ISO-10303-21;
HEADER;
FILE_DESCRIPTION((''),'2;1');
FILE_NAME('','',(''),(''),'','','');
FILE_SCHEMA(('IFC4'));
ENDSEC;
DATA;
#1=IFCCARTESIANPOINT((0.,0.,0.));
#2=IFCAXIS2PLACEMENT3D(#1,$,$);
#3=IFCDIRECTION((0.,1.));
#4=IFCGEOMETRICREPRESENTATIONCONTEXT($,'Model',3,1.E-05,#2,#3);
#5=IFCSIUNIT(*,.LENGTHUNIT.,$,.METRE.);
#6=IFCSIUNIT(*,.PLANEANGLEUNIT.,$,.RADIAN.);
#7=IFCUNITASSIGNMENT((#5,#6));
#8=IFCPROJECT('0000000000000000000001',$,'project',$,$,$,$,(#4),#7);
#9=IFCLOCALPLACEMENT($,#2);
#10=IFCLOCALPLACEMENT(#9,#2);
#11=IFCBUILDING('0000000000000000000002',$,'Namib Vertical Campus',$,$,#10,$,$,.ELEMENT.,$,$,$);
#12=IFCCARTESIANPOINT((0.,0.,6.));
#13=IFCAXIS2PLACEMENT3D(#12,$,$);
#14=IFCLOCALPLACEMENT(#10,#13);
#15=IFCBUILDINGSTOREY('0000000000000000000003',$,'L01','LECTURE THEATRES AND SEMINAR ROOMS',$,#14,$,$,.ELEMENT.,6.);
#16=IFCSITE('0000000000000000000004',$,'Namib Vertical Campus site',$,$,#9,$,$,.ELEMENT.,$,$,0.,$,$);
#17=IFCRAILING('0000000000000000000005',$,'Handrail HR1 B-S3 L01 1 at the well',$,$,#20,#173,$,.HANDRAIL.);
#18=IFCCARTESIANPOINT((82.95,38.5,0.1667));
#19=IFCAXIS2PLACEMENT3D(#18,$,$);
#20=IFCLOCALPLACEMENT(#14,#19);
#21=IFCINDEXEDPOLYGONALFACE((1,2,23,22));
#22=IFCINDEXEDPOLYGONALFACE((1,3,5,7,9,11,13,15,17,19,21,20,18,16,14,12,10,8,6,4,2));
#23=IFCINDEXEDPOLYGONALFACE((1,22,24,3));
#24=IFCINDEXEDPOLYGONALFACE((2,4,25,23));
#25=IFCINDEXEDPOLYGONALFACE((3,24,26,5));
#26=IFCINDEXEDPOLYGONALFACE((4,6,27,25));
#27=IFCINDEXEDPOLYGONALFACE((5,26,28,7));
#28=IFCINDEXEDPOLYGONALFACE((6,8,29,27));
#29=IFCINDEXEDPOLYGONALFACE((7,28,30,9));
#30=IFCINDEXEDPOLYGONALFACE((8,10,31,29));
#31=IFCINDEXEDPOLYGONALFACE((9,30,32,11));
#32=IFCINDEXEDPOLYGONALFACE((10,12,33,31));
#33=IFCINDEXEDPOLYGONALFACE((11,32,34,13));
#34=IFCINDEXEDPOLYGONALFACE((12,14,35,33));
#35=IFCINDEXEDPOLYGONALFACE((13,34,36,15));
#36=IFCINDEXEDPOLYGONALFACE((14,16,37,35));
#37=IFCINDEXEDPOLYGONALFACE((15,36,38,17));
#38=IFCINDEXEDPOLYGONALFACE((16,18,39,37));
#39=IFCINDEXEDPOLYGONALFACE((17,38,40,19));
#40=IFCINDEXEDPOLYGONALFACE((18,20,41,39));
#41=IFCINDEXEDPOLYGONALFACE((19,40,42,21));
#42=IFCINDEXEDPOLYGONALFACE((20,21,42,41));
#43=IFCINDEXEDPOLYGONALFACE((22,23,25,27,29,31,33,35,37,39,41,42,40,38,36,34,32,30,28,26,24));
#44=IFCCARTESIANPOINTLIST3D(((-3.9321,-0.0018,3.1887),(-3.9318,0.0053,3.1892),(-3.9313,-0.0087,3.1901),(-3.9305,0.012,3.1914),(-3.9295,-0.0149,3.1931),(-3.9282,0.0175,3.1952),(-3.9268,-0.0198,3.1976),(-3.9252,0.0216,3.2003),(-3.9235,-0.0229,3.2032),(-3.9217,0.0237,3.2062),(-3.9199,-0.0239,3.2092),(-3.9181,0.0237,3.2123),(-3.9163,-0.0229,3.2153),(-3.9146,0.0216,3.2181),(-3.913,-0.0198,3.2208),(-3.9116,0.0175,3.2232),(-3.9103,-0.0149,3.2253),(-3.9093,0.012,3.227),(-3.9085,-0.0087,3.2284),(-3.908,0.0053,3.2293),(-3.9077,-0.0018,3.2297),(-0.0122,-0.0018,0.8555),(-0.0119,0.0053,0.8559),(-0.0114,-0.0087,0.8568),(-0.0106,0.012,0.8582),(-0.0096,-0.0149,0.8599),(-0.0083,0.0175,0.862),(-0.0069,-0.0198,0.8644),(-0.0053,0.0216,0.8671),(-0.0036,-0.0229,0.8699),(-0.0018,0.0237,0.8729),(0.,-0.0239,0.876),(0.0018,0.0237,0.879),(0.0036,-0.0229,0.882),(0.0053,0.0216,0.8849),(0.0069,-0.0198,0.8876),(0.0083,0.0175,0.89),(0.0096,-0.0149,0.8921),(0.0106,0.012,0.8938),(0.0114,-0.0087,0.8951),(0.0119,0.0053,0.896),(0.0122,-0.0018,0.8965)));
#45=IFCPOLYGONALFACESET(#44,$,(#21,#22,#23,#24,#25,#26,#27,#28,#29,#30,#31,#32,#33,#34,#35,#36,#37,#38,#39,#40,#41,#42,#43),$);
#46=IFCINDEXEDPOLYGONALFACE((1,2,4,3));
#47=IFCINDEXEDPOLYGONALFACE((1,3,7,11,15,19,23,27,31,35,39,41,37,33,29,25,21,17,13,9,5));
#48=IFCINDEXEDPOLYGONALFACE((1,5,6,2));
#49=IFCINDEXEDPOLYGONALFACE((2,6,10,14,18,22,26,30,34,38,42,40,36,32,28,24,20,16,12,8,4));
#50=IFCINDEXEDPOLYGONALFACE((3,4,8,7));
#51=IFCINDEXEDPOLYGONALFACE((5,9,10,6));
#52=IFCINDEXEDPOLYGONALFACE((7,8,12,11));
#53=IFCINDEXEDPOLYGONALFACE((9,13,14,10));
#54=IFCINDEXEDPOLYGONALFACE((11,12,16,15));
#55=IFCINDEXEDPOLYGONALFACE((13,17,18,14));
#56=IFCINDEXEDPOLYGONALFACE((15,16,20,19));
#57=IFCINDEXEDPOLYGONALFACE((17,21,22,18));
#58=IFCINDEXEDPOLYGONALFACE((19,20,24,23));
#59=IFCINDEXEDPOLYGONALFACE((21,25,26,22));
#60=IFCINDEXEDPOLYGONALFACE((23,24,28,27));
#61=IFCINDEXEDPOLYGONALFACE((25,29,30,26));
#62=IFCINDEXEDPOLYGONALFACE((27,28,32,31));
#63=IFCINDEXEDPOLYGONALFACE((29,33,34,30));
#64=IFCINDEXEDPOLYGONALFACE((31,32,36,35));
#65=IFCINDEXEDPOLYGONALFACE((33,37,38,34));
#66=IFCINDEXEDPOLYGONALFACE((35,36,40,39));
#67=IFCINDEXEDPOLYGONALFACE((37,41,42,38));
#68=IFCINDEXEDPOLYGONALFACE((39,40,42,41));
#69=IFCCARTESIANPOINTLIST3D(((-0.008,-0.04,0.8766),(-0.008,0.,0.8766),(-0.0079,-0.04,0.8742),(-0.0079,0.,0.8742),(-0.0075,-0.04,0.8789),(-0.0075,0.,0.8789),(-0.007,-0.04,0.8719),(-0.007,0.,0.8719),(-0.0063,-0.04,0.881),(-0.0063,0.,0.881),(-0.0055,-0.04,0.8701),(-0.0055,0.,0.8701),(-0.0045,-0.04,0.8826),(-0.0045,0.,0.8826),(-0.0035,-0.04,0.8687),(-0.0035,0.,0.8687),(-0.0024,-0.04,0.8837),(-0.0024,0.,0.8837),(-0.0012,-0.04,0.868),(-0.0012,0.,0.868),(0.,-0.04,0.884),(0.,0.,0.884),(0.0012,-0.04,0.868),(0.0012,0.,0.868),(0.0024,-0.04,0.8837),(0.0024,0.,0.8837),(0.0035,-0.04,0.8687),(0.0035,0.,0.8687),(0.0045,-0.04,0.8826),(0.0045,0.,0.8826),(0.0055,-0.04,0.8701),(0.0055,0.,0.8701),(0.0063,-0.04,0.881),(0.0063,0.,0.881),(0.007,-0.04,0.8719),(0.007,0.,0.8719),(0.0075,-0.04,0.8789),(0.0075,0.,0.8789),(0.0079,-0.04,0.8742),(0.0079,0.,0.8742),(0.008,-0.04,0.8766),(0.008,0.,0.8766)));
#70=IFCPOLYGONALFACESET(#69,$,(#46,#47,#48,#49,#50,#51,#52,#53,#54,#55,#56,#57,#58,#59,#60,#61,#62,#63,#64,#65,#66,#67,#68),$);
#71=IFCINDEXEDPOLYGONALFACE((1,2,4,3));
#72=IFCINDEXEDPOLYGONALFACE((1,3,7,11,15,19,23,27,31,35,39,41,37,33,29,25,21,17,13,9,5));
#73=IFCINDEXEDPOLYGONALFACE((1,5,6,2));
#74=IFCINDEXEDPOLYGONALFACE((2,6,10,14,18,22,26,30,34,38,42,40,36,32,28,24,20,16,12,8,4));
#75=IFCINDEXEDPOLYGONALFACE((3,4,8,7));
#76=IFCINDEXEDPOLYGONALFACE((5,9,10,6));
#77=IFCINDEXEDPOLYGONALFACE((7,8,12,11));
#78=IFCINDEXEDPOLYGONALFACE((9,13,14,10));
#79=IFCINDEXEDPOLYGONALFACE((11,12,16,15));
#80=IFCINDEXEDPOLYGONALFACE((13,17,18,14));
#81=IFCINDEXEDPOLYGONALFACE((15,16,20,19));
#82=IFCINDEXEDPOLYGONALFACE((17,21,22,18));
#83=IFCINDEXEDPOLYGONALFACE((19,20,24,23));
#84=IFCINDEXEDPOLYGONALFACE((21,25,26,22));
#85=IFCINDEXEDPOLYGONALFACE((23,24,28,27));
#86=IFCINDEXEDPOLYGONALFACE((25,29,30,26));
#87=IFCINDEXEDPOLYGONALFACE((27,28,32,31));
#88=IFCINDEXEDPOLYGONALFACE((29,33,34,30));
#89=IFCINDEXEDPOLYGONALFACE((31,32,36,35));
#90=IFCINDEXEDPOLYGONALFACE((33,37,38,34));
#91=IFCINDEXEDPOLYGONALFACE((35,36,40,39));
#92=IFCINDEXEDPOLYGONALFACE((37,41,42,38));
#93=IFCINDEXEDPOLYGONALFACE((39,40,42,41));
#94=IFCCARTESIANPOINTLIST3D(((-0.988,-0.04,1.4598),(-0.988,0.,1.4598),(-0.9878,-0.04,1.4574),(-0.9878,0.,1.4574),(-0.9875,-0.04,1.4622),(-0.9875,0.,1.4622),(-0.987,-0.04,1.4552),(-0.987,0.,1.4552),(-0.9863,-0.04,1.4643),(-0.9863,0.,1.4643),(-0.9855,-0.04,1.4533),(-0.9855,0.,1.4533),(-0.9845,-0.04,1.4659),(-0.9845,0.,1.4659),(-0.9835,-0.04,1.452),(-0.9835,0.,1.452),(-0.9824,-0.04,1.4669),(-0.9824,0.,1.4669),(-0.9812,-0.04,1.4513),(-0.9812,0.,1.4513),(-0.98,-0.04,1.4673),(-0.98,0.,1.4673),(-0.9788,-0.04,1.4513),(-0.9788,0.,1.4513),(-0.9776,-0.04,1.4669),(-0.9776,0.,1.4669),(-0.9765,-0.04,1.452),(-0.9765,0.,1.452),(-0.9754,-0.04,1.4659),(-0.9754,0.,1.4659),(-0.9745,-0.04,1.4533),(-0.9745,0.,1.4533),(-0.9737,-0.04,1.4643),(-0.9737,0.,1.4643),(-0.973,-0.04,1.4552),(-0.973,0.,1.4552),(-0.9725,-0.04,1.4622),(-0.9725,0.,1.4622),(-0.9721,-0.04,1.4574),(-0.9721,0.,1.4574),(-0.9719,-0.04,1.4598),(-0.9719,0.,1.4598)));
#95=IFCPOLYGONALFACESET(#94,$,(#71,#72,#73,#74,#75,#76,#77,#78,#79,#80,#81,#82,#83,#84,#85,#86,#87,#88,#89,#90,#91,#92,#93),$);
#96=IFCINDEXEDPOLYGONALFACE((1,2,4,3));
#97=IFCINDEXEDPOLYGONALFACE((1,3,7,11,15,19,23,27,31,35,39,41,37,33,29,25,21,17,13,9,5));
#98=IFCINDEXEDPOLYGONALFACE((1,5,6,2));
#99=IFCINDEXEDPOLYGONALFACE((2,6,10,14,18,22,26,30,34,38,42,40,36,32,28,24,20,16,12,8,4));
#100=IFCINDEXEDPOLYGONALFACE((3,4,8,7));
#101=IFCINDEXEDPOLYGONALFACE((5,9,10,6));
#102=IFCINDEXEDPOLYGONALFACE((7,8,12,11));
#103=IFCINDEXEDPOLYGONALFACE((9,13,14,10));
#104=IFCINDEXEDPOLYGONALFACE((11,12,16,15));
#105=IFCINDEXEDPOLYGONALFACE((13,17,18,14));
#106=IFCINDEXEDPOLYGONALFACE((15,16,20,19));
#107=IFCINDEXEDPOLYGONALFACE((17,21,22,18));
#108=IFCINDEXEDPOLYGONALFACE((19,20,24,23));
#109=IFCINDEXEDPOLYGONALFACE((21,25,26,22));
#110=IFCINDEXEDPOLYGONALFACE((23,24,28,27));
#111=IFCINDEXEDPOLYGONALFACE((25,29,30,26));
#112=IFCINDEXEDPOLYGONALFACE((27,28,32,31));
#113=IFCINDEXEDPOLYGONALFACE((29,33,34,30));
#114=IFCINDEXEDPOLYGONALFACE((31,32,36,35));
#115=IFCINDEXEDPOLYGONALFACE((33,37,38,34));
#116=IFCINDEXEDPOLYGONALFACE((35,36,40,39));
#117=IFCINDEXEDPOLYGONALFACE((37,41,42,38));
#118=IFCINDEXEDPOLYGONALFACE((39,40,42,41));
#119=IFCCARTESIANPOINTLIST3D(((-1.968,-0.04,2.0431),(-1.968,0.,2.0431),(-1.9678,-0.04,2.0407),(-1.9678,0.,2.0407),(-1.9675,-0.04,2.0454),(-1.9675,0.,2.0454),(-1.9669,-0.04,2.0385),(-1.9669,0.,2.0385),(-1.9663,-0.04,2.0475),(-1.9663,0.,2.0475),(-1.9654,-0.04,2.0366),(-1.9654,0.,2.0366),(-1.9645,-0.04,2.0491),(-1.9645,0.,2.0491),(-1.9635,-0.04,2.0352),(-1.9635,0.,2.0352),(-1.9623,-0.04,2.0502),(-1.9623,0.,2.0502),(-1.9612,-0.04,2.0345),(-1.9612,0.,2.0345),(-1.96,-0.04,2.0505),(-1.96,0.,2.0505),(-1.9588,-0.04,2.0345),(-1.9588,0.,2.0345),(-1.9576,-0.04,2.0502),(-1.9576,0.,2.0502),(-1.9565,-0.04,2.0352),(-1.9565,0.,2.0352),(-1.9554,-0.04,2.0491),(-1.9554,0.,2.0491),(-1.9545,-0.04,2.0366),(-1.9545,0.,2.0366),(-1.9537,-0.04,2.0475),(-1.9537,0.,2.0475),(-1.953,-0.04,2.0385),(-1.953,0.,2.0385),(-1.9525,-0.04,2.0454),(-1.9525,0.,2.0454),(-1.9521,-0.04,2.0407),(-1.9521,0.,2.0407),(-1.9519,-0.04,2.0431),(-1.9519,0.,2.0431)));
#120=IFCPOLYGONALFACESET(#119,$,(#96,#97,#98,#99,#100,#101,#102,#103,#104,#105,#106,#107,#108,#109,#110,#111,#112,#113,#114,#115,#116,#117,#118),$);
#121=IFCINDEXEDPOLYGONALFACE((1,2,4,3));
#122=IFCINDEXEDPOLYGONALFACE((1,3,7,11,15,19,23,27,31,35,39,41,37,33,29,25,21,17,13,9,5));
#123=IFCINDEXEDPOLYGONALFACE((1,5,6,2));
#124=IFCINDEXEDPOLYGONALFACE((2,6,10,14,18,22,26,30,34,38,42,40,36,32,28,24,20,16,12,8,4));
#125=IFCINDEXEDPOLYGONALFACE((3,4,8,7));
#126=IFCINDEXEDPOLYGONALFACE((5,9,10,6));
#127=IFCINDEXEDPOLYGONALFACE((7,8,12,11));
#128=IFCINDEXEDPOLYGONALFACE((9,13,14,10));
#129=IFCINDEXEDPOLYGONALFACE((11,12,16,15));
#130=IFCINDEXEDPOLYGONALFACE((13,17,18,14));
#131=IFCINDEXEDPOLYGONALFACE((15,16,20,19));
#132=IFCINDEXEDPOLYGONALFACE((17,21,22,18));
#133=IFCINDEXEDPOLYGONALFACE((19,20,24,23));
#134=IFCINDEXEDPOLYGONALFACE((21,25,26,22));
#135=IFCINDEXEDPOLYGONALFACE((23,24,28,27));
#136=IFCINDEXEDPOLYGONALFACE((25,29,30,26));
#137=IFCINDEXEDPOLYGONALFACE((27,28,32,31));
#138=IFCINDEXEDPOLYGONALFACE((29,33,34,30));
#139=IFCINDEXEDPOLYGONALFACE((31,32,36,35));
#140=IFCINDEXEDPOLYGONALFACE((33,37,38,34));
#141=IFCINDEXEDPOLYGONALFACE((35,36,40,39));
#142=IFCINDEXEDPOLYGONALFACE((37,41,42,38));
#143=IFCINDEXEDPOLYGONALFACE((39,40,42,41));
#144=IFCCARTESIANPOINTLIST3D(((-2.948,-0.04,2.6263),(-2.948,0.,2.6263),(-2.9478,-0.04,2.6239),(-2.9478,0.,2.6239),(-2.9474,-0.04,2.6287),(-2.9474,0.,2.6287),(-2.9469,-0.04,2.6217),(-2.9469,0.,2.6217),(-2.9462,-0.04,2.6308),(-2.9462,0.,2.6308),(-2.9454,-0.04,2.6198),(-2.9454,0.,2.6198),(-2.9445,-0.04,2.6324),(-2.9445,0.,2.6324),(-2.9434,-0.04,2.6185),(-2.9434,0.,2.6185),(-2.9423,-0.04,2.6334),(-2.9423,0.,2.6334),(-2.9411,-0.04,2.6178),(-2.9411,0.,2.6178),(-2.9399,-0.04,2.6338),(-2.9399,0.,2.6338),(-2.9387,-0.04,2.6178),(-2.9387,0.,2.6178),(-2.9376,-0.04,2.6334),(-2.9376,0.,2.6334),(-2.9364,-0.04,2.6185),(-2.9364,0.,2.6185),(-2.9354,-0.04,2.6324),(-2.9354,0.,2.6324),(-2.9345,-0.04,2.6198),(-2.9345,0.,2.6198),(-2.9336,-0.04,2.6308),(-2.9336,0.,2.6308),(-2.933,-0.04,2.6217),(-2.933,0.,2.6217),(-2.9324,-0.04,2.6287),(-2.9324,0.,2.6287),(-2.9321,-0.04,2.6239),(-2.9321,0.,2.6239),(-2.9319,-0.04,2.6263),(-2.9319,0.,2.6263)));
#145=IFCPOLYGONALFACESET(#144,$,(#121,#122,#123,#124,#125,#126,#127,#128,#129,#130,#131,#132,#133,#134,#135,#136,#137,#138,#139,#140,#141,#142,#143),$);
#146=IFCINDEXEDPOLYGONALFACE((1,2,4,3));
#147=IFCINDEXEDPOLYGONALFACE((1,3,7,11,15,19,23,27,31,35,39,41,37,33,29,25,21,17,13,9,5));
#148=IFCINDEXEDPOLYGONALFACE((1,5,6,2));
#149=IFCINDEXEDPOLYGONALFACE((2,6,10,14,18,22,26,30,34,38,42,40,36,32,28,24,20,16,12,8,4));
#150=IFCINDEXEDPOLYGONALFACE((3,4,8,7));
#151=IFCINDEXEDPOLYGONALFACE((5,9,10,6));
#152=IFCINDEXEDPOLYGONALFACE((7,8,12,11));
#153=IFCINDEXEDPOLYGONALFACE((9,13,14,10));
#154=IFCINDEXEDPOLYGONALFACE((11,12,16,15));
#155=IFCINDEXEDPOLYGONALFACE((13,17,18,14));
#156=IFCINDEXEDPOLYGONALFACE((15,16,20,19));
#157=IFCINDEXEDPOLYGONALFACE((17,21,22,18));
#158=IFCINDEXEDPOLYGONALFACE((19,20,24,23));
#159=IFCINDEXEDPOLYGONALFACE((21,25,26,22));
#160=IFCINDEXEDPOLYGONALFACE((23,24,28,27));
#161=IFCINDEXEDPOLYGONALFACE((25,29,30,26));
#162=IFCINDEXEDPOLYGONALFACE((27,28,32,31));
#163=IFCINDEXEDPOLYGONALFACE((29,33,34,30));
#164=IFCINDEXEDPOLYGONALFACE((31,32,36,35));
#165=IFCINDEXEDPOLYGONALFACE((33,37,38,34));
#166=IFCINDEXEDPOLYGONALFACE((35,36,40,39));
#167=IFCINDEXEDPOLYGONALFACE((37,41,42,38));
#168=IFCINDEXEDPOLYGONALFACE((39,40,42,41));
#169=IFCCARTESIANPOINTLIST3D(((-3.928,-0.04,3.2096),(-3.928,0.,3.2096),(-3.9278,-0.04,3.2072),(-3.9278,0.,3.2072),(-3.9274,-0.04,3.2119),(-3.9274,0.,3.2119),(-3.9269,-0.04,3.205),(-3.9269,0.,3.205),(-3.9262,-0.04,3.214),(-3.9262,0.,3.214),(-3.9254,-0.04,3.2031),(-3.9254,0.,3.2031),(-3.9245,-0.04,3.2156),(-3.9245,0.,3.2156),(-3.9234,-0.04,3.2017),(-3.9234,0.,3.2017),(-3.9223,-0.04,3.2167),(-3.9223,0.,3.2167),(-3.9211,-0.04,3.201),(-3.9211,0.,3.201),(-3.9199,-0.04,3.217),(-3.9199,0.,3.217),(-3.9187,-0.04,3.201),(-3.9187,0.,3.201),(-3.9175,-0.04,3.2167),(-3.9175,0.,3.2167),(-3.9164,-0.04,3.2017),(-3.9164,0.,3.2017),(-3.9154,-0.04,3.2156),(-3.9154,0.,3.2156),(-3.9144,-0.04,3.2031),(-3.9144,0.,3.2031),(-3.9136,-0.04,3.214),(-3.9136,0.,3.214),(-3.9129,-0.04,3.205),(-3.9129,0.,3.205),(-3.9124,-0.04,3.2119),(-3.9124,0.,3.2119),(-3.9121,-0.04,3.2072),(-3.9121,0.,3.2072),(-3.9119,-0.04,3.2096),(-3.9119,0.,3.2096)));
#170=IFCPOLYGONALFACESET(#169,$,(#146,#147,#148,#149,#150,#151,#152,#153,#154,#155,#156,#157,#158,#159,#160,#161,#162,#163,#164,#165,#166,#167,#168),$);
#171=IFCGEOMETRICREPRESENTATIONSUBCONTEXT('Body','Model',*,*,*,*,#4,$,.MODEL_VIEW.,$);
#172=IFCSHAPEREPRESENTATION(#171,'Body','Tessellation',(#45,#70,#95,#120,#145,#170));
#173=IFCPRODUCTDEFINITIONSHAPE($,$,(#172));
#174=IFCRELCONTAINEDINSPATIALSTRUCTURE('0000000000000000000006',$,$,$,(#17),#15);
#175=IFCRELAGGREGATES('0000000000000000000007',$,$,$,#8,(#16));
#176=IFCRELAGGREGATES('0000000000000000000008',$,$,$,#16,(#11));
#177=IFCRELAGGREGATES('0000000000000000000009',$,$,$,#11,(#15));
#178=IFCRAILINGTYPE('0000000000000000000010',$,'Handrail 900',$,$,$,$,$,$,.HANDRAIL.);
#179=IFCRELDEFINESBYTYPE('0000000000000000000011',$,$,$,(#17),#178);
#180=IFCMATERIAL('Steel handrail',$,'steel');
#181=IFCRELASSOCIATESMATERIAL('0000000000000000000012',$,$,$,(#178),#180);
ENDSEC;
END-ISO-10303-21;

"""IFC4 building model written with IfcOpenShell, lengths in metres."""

from ifc_helpers import new_model, si_unit, direction, frame, origin, origin_2d, place, context, subcontext, project, spatial, circle, extrude, material, type_object, element, save


model = new_model("IFC4")

# Units and contexts
model_context = context("Model", 3, precision=1e-05, world=origin(), true_north=direction((0.0, 1.0)))
body_context = subcontext(model_context, "Body", "Model", "MODEL_VIEW")
ifc_project = project(units=[si_unit("LENGTHUNIT", "METRE"), si_unit("PLANEANGLEUNIT", "RADIAN")], contexts=[model_context])

# Site, building, storey
site_placement = place(None, origin())
site = spatial("IfcSite", under=ifc_project, at=site_placement, Name="Namib Vertical Campus site", CompositionType="ELEMENT", RefElevation=0.0)
building_placement = place(site_placement, origin())
building = spatial("IfcBuilding", under=site, at=building_placement, Name="Namib Vertical Campus", CompositionType="ELEMENT")
storey_placement = place(building_placement, frame((0.0, 0.0, 6.0)))
storey = spatial("IfcBuildingStorey", under=building, at=storey_placement, Name="L01", Description="LECTURE THEATRES AND SEMINAR ROOMS", CompositionType="ELEMENT", Elevation=6.0)

# Railing
ifc_material_1 = material(Name="Steel handrail", Category="steel")
railing_type_1 = type_object("IfcRailingType", Name="Handrail 900", PredefinedType="HANDRAIL", material=ifc_material_1)
railing_1_placement = place(storey_placement, frame((82.95, 38.5, 0.1667)))
element("IfcRailing", 1, at=railing_1_placement, inside=storey, type_object=railing_type_1, Name="Handrail HR1 B-S3 L01 1 at the well", PredefinedType="HANDRAIL", context=body_context, shape_type="SweptSolid", body=[
    extrude(circle(Radius=0.0239, at=origin_2d()), frame((0.0, 0.0, 0.876), z_axis=(-0.859296, 0.0, 0.511478), x_axis=(0.0, -1.0, 0.0)), (0.0, 0.0, 1.0), 4.5618),
    extrude(circle(Radius=0.0081, at=origin_2d()), frame((0.0, 0.0, 0.876), z_axis=(0.0, -1.0, 0.0), x_axis=(0.0, 0.0, 1.0)), (0.0, 0.0, 1.0), 0.04),
    extrude(circle(Radius=0.0081, at=origin_2d()), frame((-0.98, 0.0, 1.4592), z_axis=(0.0, -1.0, 0.0), x_axis=(0.0, 0.0, 1.0)), (0.0, 0.0, 1.0), 0.04),
    extrude(circle(Radius=0.0081, at=origin_2d()), frame((-1.96, 0.0, 2.0425), z_axis=(0.0, -1.0, 0.0), x_axis=(0.0, 0.0, 1.0)), (0.0, 0.0, 1.0), 0.04),
    extrude(circle(Radius=0.0081, at=origin_2d()), frame((-2.9399, 0.0, 2.6257), z_axis=(0.0, -1.0, 0.0), x_axis=(0.0, 0.0, 1.0)), (0.0, 0.0, 1.0), 0.04),
    extrude(circle(Radius=0.0081, at=origin_2d()), frame((-3.9199, 0.0, 3.209), z_axis=(0.0, -1.0, 0.0), x_axis=(0.0, 0.0, 1.0)), (0.0, 0.0, 1.0), 0.04),
])

save(model, "model.ifc")
